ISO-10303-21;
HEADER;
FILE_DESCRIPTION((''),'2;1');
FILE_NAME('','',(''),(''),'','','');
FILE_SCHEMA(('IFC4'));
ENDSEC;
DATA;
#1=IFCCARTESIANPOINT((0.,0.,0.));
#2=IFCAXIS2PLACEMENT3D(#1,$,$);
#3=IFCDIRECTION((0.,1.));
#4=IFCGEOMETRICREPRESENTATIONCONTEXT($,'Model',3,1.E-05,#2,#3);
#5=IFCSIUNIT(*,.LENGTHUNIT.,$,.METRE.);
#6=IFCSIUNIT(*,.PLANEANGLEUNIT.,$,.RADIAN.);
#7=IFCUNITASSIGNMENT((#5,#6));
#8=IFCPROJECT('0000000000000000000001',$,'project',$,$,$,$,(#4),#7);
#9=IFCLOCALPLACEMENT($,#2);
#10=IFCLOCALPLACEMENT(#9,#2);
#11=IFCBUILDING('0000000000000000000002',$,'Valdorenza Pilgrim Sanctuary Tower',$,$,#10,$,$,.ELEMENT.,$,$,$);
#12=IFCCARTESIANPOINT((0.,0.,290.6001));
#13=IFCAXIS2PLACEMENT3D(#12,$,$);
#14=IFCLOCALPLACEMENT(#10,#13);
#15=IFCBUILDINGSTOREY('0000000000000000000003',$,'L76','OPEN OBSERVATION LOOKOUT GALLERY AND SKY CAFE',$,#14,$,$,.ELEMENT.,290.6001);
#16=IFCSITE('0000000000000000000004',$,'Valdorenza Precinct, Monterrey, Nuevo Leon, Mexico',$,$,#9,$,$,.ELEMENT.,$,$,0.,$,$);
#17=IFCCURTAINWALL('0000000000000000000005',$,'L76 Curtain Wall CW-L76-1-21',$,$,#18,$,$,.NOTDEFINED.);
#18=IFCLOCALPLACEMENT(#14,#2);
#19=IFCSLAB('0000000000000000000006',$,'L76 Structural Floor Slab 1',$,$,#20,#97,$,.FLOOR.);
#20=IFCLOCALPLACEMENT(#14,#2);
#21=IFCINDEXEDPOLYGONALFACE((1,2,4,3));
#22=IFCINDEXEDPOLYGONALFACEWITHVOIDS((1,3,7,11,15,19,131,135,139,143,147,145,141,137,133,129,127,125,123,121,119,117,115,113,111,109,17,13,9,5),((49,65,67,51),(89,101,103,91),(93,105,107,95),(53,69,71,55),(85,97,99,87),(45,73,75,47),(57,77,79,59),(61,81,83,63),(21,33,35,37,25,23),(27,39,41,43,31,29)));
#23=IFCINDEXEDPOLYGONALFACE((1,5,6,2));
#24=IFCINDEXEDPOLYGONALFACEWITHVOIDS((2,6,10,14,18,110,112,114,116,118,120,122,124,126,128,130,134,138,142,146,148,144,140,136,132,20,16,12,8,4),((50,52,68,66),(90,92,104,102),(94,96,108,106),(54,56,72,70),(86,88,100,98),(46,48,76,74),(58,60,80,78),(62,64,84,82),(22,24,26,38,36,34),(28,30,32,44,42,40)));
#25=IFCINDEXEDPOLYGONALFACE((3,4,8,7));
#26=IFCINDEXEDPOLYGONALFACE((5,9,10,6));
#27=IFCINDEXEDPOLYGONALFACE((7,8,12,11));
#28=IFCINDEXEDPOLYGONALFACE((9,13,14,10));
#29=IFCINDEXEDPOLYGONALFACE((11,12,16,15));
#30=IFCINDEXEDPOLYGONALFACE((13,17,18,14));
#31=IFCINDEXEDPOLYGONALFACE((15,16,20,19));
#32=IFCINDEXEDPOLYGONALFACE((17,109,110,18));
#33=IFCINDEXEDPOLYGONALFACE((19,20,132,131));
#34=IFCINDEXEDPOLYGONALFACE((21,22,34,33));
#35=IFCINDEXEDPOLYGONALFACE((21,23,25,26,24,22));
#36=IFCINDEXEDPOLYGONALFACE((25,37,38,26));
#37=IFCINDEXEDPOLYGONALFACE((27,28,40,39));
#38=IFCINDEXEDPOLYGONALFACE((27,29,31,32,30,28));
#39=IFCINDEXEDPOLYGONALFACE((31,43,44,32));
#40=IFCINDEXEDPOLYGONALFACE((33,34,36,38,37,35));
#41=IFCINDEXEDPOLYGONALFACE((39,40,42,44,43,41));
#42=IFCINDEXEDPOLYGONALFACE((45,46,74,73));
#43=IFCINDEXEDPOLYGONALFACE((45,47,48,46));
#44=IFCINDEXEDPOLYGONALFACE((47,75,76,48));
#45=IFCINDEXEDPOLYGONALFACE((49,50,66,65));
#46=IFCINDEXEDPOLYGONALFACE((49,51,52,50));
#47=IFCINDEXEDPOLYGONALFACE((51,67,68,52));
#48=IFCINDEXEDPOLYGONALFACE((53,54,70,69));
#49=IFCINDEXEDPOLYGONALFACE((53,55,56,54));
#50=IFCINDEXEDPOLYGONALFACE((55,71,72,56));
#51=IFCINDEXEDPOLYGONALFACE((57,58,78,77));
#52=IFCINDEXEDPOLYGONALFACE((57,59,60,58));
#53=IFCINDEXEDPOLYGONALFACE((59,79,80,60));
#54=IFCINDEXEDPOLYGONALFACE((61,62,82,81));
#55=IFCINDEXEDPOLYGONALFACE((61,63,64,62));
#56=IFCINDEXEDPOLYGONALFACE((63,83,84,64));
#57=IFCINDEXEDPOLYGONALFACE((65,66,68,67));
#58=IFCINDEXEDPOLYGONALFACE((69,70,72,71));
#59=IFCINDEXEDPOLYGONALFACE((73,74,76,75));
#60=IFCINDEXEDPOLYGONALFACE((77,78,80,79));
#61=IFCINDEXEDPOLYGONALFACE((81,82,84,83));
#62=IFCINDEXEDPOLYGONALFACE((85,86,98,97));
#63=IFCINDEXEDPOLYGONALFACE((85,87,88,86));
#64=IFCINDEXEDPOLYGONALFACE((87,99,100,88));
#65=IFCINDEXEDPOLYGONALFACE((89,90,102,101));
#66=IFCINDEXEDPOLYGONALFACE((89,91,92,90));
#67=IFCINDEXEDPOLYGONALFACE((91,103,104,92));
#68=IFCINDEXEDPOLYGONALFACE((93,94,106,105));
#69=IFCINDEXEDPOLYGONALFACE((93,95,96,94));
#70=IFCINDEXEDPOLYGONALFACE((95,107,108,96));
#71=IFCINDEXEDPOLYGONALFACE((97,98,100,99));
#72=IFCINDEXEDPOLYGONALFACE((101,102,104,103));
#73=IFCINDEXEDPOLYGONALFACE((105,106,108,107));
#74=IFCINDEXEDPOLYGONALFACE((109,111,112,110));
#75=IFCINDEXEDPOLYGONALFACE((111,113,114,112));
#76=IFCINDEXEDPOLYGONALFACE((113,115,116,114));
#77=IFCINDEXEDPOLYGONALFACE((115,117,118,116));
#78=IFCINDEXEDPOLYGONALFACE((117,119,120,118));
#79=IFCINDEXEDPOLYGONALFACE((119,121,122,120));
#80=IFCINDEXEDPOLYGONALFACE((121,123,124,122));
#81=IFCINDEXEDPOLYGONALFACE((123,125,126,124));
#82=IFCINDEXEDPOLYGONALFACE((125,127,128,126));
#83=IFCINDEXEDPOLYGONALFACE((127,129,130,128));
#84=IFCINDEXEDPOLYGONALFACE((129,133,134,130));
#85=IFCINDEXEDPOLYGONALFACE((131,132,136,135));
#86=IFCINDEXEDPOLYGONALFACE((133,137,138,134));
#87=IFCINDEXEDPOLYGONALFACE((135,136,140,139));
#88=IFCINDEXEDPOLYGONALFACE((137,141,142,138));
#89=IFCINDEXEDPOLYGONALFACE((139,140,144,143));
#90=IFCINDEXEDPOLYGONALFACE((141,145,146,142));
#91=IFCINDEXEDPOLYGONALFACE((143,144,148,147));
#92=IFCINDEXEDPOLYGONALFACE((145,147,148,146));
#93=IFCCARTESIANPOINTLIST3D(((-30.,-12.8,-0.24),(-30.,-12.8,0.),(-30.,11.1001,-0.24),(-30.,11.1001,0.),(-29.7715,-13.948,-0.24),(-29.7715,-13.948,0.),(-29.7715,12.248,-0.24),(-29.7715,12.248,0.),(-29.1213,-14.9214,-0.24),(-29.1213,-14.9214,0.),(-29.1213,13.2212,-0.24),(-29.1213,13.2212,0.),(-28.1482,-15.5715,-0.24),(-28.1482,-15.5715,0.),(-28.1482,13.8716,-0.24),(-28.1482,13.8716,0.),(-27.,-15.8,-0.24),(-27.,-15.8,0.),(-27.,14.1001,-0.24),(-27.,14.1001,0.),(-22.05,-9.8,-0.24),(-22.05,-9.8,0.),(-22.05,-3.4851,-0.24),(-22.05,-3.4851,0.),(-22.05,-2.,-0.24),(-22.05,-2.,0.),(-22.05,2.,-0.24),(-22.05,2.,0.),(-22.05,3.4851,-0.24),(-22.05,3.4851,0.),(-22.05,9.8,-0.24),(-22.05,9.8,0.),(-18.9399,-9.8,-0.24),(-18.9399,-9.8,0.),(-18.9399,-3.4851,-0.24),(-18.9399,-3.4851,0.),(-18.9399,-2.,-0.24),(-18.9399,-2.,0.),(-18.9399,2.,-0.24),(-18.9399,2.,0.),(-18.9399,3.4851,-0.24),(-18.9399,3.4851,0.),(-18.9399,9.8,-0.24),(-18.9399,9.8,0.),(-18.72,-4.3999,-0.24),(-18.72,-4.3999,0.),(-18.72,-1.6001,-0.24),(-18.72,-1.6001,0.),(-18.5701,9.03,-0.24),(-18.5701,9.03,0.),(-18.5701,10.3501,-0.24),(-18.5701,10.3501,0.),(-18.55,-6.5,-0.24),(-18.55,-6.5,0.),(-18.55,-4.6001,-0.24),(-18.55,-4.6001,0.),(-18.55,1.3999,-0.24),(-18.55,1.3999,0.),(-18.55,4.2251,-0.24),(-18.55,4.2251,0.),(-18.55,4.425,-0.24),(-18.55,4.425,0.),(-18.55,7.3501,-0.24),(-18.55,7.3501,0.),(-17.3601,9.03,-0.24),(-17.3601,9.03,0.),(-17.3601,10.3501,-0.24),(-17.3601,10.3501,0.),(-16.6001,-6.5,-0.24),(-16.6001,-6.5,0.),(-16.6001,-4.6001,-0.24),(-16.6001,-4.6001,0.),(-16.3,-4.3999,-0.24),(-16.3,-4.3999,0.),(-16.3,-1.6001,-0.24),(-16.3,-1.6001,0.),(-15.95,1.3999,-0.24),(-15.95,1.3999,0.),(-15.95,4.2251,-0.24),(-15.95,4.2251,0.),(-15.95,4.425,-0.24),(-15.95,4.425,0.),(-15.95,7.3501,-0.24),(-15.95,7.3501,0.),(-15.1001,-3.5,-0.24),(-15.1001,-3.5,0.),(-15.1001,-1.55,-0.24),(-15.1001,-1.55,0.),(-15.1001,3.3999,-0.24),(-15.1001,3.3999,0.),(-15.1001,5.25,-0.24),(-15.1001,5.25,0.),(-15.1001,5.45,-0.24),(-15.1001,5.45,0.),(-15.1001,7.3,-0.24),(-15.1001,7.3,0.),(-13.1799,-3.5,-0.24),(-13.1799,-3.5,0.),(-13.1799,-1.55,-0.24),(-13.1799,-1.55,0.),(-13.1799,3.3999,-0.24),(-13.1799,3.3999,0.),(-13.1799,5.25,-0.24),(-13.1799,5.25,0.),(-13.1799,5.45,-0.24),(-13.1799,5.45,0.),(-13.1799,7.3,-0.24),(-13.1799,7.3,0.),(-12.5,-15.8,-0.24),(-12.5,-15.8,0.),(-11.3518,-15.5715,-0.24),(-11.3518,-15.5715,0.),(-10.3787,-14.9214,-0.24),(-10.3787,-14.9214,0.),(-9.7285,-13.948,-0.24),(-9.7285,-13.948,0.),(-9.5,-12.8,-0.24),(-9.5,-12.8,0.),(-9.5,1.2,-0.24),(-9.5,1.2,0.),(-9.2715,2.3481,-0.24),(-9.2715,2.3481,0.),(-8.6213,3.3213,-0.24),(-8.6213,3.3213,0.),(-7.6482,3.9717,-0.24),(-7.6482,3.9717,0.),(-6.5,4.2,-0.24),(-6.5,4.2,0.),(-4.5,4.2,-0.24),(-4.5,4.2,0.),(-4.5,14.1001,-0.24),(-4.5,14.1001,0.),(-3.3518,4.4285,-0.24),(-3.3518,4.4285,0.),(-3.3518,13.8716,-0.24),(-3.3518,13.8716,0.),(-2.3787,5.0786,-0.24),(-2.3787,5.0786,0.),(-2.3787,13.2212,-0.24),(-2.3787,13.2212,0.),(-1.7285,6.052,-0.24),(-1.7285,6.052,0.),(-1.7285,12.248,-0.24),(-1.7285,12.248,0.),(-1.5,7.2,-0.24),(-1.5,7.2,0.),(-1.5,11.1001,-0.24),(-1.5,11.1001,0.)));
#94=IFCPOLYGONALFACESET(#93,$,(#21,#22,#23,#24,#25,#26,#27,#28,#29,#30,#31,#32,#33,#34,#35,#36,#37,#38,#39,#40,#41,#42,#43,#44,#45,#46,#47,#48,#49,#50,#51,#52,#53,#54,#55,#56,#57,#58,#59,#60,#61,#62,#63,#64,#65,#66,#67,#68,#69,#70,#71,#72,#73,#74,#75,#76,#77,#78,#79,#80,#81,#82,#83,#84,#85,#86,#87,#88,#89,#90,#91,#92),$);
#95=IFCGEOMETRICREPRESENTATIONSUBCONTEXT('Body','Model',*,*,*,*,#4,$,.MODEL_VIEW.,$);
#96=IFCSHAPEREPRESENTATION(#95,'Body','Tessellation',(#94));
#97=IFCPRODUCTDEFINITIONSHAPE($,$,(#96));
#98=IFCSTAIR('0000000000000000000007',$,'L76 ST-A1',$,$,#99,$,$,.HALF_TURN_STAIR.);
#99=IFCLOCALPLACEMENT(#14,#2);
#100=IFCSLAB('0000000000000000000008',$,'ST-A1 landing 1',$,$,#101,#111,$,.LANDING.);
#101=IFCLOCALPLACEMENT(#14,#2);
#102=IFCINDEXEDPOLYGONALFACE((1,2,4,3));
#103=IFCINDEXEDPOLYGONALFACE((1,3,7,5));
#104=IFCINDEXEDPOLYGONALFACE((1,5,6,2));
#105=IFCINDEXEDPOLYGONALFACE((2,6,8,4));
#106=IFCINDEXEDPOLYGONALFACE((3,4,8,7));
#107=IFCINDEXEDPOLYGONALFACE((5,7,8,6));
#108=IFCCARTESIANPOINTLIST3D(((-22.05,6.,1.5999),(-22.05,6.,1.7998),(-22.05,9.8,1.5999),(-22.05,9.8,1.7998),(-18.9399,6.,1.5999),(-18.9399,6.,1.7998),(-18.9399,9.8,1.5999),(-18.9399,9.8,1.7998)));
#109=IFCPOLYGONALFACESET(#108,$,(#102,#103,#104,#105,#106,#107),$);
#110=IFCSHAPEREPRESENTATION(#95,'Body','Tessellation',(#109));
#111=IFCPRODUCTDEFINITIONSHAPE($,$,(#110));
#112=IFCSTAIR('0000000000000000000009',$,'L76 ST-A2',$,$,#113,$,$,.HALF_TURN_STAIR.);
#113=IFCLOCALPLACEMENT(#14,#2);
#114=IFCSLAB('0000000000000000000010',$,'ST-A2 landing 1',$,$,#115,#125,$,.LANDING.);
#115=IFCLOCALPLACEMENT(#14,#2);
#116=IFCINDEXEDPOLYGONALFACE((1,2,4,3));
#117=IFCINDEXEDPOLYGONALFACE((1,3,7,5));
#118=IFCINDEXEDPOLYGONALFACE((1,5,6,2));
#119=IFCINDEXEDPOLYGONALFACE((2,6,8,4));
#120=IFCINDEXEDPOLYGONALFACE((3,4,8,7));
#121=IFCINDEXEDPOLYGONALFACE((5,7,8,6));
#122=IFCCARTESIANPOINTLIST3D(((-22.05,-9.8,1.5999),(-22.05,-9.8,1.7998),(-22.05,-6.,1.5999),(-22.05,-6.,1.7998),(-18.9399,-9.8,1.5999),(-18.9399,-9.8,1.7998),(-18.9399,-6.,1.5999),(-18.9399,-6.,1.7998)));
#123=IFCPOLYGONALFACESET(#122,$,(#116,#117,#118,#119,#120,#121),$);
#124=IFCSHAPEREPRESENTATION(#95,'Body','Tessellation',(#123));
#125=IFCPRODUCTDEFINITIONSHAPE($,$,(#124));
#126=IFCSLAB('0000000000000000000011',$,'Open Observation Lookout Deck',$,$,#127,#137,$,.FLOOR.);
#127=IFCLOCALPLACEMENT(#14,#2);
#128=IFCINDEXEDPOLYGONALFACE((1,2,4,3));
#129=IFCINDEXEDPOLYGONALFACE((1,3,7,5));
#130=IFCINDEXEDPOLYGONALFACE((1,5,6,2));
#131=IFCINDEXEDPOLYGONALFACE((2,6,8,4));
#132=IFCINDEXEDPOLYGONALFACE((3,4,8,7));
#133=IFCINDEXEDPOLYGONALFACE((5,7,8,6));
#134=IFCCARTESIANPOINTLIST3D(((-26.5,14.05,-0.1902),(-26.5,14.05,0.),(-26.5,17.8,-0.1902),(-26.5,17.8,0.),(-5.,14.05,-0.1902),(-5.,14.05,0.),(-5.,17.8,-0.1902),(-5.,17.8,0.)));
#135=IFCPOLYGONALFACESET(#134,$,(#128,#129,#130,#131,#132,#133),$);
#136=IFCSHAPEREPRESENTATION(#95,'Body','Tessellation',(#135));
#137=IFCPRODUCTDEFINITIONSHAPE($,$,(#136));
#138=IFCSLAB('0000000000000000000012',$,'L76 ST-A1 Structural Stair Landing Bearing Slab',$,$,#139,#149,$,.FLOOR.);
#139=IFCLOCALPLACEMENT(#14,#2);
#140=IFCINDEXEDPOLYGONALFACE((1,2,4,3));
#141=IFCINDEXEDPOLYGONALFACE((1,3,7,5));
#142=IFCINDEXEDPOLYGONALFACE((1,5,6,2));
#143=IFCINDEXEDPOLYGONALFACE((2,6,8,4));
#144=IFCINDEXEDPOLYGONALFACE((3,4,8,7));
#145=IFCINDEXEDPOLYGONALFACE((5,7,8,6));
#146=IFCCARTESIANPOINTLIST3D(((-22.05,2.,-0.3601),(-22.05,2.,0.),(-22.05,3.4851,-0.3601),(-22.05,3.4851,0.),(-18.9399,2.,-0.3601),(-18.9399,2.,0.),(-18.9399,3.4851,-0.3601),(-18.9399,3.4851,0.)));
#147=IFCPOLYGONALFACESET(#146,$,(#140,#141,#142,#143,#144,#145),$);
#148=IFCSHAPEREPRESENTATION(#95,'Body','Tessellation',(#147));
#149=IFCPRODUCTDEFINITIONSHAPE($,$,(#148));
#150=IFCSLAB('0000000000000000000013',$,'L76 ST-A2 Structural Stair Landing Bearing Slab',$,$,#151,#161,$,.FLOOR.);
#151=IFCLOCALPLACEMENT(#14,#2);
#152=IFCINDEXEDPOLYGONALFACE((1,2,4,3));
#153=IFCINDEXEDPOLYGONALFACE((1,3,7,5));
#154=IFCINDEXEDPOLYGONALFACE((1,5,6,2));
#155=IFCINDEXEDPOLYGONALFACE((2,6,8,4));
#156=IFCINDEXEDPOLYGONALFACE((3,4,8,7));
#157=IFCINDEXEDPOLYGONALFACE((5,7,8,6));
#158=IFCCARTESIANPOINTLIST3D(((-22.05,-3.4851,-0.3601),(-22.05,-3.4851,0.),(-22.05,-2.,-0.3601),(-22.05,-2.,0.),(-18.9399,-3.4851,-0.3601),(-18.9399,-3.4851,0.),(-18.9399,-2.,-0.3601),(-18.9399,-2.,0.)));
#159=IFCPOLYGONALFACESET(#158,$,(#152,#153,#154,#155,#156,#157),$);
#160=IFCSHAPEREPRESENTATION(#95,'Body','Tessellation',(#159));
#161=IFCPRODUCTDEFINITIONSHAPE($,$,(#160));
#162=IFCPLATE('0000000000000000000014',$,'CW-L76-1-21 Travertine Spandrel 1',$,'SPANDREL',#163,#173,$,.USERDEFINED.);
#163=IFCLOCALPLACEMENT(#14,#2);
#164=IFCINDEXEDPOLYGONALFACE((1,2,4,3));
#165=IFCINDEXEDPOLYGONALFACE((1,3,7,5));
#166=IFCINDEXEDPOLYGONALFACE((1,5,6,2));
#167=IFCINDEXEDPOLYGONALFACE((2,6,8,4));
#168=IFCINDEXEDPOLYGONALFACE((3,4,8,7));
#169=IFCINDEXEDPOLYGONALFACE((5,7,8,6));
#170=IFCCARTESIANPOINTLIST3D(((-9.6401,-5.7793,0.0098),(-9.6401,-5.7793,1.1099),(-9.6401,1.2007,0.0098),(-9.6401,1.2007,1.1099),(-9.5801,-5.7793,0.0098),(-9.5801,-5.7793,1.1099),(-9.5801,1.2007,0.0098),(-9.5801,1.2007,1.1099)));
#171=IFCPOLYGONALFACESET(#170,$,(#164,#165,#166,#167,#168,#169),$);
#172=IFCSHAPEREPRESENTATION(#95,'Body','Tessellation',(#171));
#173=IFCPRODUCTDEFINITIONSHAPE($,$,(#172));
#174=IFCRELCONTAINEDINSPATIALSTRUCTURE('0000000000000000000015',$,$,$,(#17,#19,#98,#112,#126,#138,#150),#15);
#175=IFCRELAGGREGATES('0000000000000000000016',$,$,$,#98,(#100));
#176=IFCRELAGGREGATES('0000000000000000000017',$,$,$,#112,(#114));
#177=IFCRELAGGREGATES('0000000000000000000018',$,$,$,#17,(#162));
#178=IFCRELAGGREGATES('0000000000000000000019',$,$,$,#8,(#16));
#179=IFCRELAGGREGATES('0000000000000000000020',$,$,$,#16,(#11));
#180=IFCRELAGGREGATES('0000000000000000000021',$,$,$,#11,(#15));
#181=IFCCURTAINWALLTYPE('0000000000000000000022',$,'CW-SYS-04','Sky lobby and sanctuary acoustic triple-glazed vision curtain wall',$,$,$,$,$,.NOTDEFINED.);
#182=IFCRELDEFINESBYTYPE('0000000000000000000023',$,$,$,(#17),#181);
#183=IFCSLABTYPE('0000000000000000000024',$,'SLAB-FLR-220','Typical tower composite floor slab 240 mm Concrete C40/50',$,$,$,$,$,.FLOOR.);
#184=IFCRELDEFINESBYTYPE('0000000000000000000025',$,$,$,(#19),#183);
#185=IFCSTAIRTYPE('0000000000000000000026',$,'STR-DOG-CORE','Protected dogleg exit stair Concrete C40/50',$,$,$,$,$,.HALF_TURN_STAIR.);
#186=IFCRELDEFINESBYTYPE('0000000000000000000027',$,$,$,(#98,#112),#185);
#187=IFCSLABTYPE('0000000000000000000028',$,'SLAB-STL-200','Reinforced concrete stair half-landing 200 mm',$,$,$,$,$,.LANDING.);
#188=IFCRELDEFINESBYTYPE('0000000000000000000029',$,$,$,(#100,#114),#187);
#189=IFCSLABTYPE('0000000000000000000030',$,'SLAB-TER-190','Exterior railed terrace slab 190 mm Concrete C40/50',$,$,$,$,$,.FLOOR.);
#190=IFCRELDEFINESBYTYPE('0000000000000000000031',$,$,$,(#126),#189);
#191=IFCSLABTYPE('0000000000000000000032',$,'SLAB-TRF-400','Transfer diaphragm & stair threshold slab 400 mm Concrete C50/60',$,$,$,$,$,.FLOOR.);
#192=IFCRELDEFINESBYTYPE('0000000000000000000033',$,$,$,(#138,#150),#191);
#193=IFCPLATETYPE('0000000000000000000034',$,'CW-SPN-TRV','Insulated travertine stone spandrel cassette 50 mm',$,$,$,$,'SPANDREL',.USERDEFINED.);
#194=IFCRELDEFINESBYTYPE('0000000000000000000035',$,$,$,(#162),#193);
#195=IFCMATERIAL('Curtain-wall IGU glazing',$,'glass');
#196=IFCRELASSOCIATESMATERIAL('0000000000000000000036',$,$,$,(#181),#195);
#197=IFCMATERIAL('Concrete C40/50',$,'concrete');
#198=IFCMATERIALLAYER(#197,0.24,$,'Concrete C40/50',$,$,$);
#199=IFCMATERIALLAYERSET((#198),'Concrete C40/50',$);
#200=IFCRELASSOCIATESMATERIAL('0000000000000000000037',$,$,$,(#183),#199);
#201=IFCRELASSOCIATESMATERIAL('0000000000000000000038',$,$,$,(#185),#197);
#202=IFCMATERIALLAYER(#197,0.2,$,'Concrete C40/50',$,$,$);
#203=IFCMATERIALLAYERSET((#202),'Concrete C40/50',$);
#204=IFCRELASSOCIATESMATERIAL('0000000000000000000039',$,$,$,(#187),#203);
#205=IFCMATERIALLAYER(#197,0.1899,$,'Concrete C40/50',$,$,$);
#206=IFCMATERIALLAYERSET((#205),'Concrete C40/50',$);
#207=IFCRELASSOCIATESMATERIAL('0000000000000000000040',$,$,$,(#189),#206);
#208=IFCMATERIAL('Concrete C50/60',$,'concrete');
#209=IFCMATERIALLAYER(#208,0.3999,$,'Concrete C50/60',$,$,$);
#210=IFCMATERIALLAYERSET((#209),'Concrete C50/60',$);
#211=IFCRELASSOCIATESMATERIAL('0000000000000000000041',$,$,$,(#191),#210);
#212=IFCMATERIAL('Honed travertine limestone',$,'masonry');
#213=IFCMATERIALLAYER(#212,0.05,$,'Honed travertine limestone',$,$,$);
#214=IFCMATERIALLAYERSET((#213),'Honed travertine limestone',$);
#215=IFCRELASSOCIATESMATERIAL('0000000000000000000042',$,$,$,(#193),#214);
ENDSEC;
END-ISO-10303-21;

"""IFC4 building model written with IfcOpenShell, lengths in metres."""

from ifc_helpers import new_model, si_unit, direction, frame, origin, origin_2d, place, context, subcontext, project, spatial, polyline, rectangle, outline, extrude, source, transform, mapped, material, layer, layer_set, type_object, element, aggregate, save


model = new_model("IFC4")

# Units and contexts
model_context = context("Model", 3, precision=1e-05, world=origin(), true_north=direction((0.0, 1.0)))
body_context = subcontext(model_context, "Body", "Model", "MODEL_VIEW")
ifc_project = project(units=[si_unit("LENGTHUNIT", "METRE"), si_unit("PLANEANGLEUNIT", "RADIAN")], contexts=[model_context])

# Site, building, storey
site_placement = place(None, origin())
site = spatial("IfcSite", under=ifc_project, at=site_placement, Name="Valdorenza Precinct, Monterrey, Nuevo Leon, Mexico", CompositionType="ELEMENT", RefElevation=0.0)
building_placement = place(site_placement, origin())
building = spatial("IfcBuilding", under=site, at=building_placement, Name="Valdorenza Pilgrim Sanctuary Tower", CompositionType="ELEMENT")
storey_placement = place(building_placement, frame((0.0, 0.0, 290.6001)))
storey = spatial("IfcBuildingStorey", under=building, at=storey_placement, Name="L76", Description="OPEN OBSERVATION LOOKOUT GALLERY AND SKY CAFE", CompositionType="ELEMENT", Elevation=290.6001)

# Shared definitions
ifc_material_1 = material(Name="Concrete C50/60", Category="concrete")

# Curtain wall
ifc_material_2 = material(Name="Curtain-wall IGU glazing", Category="glass")
curtain_wall_type = type_object("IfcCurtainWallType", Name="CW-SYS-04", Description="Sky lobby and sanctuary acoustic triple-glazed vision curtain wall", PredefinedType="NOTDEFINED", material=ifc_material_2)
curtain_wall_1_placement = place(storey_placement, origin())
curtain_wall_1 = element("IfcCurtainWall", 1, at=curtain_wall_1_placement, inside=storey, type_object=curtain_wall_type, Name="L76 Curtain Wall CW-L76-1-21", PredefinedType="NOTDEFINED")

# Slab
ifc_material_3 = material(Name="Concrete C40/50", Category="concrete")
ifc_layer_1 = layer(ifc_material_3, 0.24, Name="Concrete C40/50")
ifc_layer_set_1 = layer_set([ifc_layer_1], Name="Concrete C40/50")
slab_type_1 = type_object("IfcSlabType", Name="SLAB-FLR-220", Description="Typical tower composite floor slab 240 mm Concrete C40/50", PredefinedType="FLOOR", material=ifc_layer_set_1)
slab_1_placement = place(storey_placement, frame((0.0, 0.0, -0.24)))
element("IfcSlab", 2, at=slab_1_placement, inside=storey, type_object=slab_type_1, Name="L76 Structural Floor Slab 1", PredefinedType="FLOOR", context=body_context, shape_type="SweptSolid", body=[
    extrude(outline(polyline([(-30.0, 11.1001), (-29.7715, 12.248), (-29.1213, 13.2212), (-28.1482, 13.8716), (-27.0, 14.1001), (-4.5, 14.1001), (-3.3518, 13.8716), (-2.3787, 13.2212), (-1.7285, 12.248), (-1.5, 11.1001), (-1.5, 7.2), (-1.7285, 6.052), (-2.3787, 5.0786), (-3.3518, 4.4285), (-4.5, 4.2), (-6.5, 4.2), (-7.6482, 3.9717), (-8.6213, 3.3213), (-9.2715, 2.3481), (-9.5, 1.2), (-9.5, -12.8), (-9.7285, -13.948), (-10.3787, -14.9214), (-11.3518, -15.5715), (-12.5, -15.8), (-27.0, -15.8), (-28.1482, -15.5715), (-29.1213, -14.9214), (-29.7715, -13.948), (-30.0, -12.8), (-30.0, 11.1001)]), holes=[polyline([(-22.05, -9.8), (-18.9399, -9.8), (-18.9399, -3.4851), (-18.9399, -2.0), (-22.05, -2.0), (-22.05, -3.4851), (-22.05, -9.8)]), polyline([(-16.6001, -6.5), (-16.6001, -4.6001), (-18.55, -4.6001), (-18.55, -6.5), (-16.6001, -6.5)]), polyline([(-22.05, 2.0), (-18.9399, 2.0), (-18.9399, 3.4851), (-18.9399, 9.8), (-22.05, 9.8), (-22.05, 3.4851), (-22.05, 2.0)]), polyline([(-17.3601, 9.03), (-17.3601, 10.3501), (-18.5701, 10.3501), (-18.5701, 9.03), (-17.3601, 9.03)]), polyline([(-16.3, -1.6001), (-18.72, -1.6001), (-18.72, -4.3999), (-16.3, -4.3999), (-16.3, -1.6001)]), polyline([(-13.1799, -3.5), (-13.1799, -1.55), (-15.1001, -1.55), (-15.1001, -3.5), (-13.1799, -3.5)]), polyline([(-15.95, 1.3999), (-15.95, 4.2251), (-18.55, 4.2251), (-18.55, 1.3999), (-15.95, 1.3999)]), polyline([(-13.1799, 5.25), (-15.1001, 5.25), (-15.1001, 3.3999), (-13.1799, 3.3999), (-13.1799, 5.25)]), polyline([(-15.95, 4.425), (-15.95, 7.3501), (-18.55, 7.3501), (-18.55, 4.425), (-15.95, 4.425)]), polyline([(-13.1799, 5.45), (-13.1799, 7.3), (-15.1001, 7.3), (-15.1001, 5.45), (-13.1799, 5.45)])]), origin(), (0.0, 0.0, 1.0), 0.24),
])

# Stairs, slabs
stair_type = type_object("IfcStairType", Name="STR-DOG-CORE", Description="Protected dogleg exit stair Concrete C40/50", PredefinedType="HALF_TURN_STAIR", material=ifc_material_3)
stair_1_placement = place(storey_placement, origin())
stair_1 = element("IfcStair", 3, at=stair_1_placement, inside=storey, type_object=stair_type, Name="L76 ST-A1", PredefinedType="HALF_TURN_STAIR")
ifc_layer_2 = layer(ifc_material_3, 0.2, Name="Concrete C40/50")
ifc_layer_set_2 = layer_set([ifc_layer_2], Name="Concrete C40/50")
slab_type_2 = type_object("IfcSlabType", Name="SLAB-STL-200", Description="Reinforced concrete stair half-landing 200 mm", PredefinedType="LANDING", material=ifc_layer_set_2)
slab_2_placement = place(storey_placement, frame((0.0, 0.0, 1.5999)))
slab_2 = element("IfcSlab", 4, at=slab_2_placement, type_object=slab_type_2, Name="ST-A1 landing 1", PredefinedType="LANDING", context=body_context, shape_type="SweptSolid", body=[
    extrude(outline(polyline([(-18.9399, 6.0), (-18.9399, 9.8), (-22.05, 9.8), (-22.05, 6.0), (-18.9399, 6.0)])), origin(), (0.0, 0.0, 1.0), 0.2),
])
aggregate(stair_1, [slab_2])
stair_2_placement = place(storey_placement, origin())
stair_2 = element("IfcStair", 5, at=stair_2_placement, inside=storey, type_object=stair_type, Name="L76 ST-A2", PredefinedType="HALF_TURN_STAIR")
slab_3_placement = place(storey_placement, frame((0.0, 0.0, 1.5999)))
slab_3 = element("IfcSlab", 6, at=slab_3_placement, type_object=slab_type_2, Name="ST-A2 landing 1", PredefinedType="LANDING", context=body_context, shape_type="SweptSolid", body=[
    extrude(outline(polyline([(-22.05, -6.0), (-22.05, -9.8), (-18.9399, -9.8), (-18.9399, -6.0), (-22.05, -6.0)])), origin(), (0.0, 0.0, 1.0), 0.2),
])
aggregate(stair_2, [slab_3])

# Slabs
ifc_layer_3 = layer(ifc_material_3, 0.1899, Name="Concrete C40/50")
ifc_layer_set_3 = layer_set([ifc_layer_3], Name="Concrete C40/50")
slab_type_3 = type_object("IfcSlabType", Name="SLAB-TER-190", Description="Exterior railed terrace slab 190 mm Concrete C40/50", PredefinedType="FLOOR", material=ifc_layer_set_3)
slab_4_placement = place(storey_placement, frame((0.0, 0.0, -0.1902)))
element("IfcSlab", 7, at=slab_4_placement, inside=storey, type_object=slab_type_3, Name="Open Observation Lookout Deck", PredefinedType="FLOOR", context=body_context, shape_type="SweptSolid", body=[
    extrude(outline(polyline([(-26.5, 14.05), (-5.0, 14.05), (-5.0, 17.8), (-26.5, 17.8), (-26.5, 14.05)])), origin(), (0.0, 0.0, 1.0), 0.1902),
])
ifc_layer_4 = layer(ifc_material_1, 0.3999, Name="Concrete C50/60")
ifc_layer_set_4 = layer_set([ifc_layer_4], Name="Concrete C50/60")
slab_type_4 = type_object("IfcSlabType", Name="SLAB-TRF-400", Description="Transfer diaphragm & stair threshold slab 400 mm Concrete C50/60", PredefinedType="FLOOR", material=ifc_layer_set_4)
slab_5_placement = place(storey_placement, frame((0.0, 0.0, -0.3601)))
element("IfcSlab", 8, at=slab_5_placement, inside=storey, type_object=slab_type_4, Name="L76 ST-A1 Structural Stair Landing Bearing Slab", PredefinedType="FLOOR", context=body_context, shape_type="SweptSolid", body=[
    extrude(outline(polyline([(-22.05, 2.0), (-18.9399, 2.0), (-18.9399, 3.4851), (-22.05, 3.4851), (-22.05, 2.0)])), origin(), (0.0, 0.0, 1.0), 0.3601),
])
slab_6_placement = place(storey_placement, frame((0.0, 0.0, -0.3601)))
element("IfcSlab", 9, at=slab_6_placement, inside=storey, type_object=slab_type_4, Name="L76 ST-A2 Structural Stair Landing Bearing Slab", PredefinedType="FLOOR", context=body_context, shape_type="SweptSolid", body=[
    extrude(outline(polyline([(-22.05, -3.4851), (-18.9399, -3.4851), (-18.9399, -2.0), (-22.05, -2.0), (-22.05, -3.4851)])), origin(), (0.0, 0.0, 1.0), 0.3601),
])

# Plate
ifc_material_4 = material(Name="Honed travertine limestone", Category="masonry")
ifc_layer_5 = layer(ifc_material_4, 0.05, Name="Honed travertine limestone")
ifc_layer_set_5 = layer_set([ifc_layer_5], Name="Honed travertine limestone")
plate_type_1 = type_object("IfcPlateType", Name="CW-SPN-TRV", Description="Insulated travertine stone spandrel cassette 50 mm", ElementType="SPANDREL", PredefinedType="USERDEFINED", material=ifc_layer_set_5)
shared_shape_1 = source(origin(), body_context, "Body", "SweptSolid", [
    extrude(rectangle(XDim=6.98, YDim=0.0601, at=origin_2d()), origin(), (0.0, 0.0, 1.0), 1.1001),
])
plate_1_placement = place(storey_placement, frame((-9.6101, -2.2893, 0.0098), z_axis=(0.0, 0.0, 1.0), x_axis=(0.0, -1.0, 0.0)))
plate_1 = element("IfcPlate", 10, at=plate_1_placement, type_object=plate_type_1, Name="CW-L76-1-21 Travertine Spandrel 1", ObjectType="SPANDREL", PredefinedType="USERDEFINED", context=body_context, shape_type="MappedRepresentation", body=[
    mapped(shared_shape_1, transform((0.0, 0.0, 0.0), x_axis=(1.0, 0.0, 0.0), y_axis=(0.0, 1.0, 0.0), z_axis=(0.0, 0.0, 1.0), scale=1.0)),
])
aggregate(curtain_wall_1, [plate_1])

save(model, "model.ifc")
